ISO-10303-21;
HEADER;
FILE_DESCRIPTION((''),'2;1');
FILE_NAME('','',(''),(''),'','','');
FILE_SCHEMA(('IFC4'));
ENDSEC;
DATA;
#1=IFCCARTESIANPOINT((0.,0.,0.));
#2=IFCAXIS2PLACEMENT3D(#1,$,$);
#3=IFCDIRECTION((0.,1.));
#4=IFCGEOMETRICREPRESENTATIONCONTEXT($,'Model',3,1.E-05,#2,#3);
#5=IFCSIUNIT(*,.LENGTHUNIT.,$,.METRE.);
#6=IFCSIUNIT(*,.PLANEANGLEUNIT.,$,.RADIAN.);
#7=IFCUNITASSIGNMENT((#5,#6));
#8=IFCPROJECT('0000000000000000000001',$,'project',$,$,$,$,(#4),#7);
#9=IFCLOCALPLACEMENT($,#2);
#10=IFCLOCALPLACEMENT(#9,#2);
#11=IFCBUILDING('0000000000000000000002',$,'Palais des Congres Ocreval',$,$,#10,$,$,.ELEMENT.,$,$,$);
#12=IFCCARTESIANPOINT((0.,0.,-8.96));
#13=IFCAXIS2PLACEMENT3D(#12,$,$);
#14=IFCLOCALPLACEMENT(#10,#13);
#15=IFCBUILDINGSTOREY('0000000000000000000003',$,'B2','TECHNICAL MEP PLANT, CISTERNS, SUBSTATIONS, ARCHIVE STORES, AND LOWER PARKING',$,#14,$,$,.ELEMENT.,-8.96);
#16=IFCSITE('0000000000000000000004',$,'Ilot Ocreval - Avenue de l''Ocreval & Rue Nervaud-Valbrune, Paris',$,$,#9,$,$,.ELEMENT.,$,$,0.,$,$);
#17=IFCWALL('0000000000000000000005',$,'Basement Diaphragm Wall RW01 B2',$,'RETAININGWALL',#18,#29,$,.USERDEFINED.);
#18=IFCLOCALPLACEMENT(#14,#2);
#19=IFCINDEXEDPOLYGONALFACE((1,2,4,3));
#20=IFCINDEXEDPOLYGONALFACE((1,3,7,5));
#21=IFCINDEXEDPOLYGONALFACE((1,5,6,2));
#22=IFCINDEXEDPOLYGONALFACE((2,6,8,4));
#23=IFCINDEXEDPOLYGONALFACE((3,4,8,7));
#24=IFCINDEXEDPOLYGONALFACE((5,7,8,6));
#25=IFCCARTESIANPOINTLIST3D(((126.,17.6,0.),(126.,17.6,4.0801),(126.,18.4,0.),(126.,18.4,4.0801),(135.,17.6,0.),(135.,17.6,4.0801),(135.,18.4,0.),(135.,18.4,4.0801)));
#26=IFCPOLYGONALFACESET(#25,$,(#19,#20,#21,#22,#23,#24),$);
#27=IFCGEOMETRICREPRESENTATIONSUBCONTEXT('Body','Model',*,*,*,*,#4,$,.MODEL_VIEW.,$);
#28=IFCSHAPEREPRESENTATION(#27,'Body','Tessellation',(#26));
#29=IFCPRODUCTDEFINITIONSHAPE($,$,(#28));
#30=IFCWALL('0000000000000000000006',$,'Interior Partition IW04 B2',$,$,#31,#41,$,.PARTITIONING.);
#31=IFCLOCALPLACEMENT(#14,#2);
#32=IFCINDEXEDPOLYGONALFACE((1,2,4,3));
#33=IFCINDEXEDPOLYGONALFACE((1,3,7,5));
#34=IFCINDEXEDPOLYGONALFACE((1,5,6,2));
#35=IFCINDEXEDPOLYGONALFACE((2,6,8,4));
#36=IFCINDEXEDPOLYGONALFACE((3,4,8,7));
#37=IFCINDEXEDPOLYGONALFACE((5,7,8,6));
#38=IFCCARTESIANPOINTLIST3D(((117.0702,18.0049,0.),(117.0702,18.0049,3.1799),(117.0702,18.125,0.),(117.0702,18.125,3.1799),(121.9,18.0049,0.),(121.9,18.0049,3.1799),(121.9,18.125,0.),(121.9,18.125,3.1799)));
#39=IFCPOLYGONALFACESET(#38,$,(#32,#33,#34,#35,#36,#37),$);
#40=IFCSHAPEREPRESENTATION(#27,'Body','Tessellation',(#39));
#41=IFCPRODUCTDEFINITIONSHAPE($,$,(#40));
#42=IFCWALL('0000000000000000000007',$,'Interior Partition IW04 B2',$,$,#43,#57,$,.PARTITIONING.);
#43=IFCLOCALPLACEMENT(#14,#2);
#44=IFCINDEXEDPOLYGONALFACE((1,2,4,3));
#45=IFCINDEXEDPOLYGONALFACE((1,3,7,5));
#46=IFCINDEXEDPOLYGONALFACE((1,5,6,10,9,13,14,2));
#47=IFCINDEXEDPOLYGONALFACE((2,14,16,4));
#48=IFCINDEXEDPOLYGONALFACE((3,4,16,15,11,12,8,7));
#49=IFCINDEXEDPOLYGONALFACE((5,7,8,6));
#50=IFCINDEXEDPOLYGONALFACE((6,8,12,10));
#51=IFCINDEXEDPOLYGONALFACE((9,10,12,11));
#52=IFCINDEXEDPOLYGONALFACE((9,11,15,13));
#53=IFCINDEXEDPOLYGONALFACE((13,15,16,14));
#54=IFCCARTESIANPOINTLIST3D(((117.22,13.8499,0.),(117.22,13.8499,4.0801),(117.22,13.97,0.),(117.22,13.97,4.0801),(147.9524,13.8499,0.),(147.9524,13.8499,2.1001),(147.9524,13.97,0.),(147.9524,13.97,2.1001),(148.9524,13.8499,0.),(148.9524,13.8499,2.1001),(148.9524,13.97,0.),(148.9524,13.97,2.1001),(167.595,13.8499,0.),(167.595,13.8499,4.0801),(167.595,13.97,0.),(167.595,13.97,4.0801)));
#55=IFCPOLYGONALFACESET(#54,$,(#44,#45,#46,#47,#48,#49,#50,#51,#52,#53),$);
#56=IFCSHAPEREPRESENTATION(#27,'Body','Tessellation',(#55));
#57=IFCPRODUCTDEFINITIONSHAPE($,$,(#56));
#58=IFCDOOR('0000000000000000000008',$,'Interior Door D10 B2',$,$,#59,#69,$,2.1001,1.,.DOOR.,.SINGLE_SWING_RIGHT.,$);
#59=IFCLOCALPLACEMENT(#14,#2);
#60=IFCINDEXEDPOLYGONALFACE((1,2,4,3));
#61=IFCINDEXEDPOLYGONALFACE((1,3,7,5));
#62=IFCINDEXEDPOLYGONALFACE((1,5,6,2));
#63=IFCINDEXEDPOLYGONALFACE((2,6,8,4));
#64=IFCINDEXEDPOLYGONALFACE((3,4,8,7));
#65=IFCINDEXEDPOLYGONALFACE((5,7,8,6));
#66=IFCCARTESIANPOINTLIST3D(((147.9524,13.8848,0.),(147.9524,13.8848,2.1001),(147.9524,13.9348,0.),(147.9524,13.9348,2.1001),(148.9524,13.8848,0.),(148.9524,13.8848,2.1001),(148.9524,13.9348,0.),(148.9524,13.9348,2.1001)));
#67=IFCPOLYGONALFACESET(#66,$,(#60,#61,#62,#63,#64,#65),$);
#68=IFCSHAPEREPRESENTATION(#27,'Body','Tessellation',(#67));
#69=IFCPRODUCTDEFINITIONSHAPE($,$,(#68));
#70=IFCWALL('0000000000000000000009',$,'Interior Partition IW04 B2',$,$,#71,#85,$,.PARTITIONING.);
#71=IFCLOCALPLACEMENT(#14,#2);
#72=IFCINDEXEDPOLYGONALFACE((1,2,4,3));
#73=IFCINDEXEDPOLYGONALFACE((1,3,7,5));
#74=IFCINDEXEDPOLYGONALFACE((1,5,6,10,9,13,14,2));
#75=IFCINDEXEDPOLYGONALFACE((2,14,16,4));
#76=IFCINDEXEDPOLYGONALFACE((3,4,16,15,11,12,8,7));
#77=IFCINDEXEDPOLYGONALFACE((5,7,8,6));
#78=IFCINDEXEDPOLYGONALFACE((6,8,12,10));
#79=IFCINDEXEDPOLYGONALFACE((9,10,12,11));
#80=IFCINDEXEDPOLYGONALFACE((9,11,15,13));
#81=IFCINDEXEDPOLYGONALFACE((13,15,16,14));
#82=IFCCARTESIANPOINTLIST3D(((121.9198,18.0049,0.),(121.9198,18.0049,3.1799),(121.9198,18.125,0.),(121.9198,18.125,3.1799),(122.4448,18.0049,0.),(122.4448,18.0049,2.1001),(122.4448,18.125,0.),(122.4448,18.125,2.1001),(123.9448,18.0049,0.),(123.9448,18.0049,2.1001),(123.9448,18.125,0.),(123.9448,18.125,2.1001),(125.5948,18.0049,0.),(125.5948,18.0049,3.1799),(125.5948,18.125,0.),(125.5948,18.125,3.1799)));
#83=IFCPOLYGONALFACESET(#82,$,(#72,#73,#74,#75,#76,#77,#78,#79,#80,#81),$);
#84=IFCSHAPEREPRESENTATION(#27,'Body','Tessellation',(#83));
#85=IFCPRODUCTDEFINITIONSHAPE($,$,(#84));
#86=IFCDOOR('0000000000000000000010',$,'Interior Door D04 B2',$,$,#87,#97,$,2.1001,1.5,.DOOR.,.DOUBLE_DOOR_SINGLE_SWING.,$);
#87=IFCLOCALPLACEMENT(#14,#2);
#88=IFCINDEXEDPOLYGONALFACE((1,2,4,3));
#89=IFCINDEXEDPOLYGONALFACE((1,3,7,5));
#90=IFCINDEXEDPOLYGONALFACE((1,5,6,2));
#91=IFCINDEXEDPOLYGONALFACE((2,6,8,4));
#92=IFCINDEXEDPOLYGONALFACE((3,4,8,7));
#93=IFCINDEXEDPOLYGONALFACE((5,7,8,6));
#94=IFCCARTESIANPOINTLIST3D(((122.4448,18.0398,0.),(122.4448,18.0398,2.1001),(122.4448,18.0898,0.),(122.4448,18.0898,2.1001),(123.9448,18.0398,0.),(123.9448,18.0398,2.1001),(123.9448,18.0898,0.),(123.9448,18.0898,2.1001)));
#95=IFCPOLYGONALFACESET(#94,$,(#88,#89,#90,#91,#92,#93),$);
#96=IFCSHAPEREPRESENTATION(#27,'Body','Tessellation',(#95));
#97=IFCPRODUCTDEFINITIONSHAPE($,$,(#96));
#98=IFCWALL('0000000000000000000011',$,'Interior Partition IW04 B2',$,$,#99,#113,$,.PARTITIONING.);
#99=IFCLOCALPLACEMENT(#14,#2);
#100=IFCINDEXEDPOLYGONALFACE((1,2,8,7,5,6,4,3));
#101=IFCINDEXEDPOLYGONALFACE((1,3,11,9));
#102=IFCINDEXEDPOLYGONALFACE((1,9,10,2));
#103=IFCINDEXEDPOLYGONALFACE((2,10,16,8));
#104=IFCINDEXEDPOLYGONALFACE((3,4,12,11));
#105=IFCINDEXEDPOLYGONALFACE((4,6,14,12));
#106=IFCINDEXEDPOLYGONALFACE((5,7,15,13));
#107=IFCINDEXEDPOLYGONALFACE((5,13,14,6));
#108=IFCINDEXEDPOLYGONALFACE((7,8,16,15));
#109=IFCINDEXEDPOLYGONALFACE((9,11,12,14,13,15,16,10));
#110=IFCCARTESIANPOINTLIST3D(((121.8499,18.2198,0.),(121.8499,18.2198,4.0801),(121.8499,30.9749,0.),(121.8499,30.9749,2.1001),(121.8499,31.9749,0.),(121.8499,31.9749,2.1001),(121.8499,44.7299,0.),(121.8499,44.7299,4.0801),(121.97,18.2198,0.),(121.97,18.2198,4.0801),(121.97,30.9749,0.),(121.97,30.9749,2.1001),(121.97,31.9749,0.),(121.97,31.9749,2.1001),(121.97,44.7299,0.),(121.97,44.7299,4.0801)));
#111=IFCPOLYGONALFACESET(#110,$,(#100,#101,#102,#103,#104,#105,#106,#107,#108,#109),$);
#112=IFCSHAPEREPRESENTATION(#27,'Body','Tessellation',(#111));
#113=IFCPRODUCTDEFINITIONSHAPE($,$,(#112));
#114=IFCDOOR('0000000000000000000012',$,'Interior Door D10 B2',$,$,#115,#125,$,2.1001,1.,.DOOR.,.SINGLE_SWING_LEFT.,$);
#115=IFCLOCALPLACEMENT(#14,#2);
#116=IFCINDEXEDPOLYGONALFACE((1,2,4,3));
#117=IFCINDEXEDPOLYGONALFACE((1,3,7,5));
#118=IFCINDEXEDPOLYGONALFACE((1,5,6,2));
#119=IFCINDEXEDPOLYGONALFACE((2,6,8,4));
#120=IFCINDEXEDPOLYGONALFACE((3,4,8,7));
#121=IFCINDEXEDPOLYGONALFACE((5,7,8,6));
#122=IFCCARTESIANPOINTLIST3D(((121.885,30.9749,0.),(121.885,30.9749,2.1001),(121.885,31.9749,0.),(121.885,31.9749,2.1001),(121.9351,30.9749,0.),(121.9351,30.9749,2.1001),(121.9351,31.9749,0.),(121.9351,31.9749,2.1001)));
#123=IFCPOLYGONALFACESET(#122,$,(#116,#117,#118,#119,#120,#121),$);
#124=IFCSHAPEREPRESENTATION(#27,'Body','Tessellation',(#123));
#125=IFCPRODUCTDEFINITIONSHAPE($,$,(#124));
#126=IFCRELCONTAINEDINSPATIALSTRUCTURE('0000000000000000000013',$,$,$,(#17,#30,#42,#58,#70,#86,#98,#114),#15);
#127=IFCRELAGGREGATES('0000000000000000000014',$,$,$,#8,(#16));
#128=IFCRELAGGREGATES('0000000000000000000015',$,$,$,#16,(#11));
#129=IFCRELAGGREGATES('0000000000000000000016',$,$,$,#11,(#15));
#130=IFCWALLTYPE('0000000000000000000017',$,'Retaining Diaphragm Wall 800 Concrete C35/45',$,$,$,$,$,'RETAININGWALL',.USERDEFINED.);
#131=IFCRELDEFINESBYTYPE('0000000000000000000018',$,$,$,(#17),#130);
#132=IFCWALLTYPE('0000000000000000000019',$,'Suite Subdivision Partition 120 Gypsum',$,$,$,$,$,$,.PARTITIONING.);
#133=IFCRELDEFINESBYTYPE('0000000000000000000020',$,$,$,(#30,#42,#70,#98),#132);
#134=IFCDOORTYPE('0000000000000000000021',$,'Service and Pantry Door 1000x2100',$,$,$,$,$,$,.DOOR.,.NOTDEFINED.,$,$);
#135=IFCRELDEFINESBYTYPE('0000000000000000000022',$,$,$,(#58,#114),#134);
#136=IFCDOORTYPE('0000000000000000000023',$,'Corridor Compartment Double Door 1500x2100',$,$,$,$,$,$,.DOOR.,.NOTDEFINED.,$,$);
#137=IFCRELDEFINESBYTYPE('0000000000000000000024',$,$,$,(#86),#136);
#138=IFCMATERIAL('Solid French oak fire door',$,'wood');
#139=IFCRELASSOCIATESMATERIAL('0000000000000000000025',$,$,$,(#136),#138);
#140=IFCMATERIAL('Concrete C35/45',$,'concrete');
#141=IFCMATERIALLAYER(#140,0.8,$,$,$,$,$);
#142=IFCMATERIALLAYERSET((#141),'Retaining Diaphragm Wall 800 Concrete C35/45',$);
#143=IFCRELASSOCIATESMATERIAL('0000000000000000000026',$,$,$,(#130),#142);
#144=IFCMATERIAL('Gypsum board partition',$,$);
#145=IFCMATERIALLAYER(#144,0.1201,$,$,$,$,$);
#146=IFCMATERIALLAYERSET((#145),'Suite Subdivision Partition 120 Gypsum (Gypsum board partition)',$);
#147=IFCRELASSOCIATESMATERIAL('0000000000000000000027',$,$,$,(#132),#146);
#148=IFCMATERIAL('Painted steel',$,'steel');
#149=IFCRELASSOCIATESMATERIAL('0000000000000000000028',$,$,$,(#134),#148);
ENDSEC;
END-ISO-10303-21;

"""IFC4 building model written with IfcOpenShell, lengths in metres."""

from ifc_helpers import new_model, si_unit, direction, frame, frame_2d, origin, place, context, subcontext, project, spatial, rectangle, extrude, material, layer, layer_set, type_object, element, fill, save


model = new_model("IFC4")

# Units and contexts
model_context = context("Model", 3, precision=1e-05, world=origin(), true_north=direction((0.0, 1.0)))
body_context = subcontext(model_context, "Body", "Model", "MODEL_VIEW")
ifc_project = project(units=[si_unit("LENGTHUNIT", "METRE"), si_unit("PLANEANGLEUNIT", "RADIAN")], contexts=[model_context])

# Site, building, storey
site_placement = place(None, origin())
site = spatial("IfcSite", under=ifc_project, at=site_placement, Name="Ilot Ocreval - Avenue de l'Ocreval & Rue Nervaud-Valbrune, Paris", CompositionType="ELEMENT", RefElevation=0.0)
building_placement = place(site_placement, origin())
building = spatial("IfcBuilding", under=site, at=building_placement, Name="Palais des Congres Ocreval", CompositionType="ELEMENT")
storey_placement = place(building_placement, frame((0.0, 0.0, -8.96)))
storey = spatial("IfcBuildingStorey", under=building, at=storey_placement, Name="B2", Description="TECHNICAL MEP PLANT, CISTERNS, SUBSTATIONS, ARCHIVE STORES, AND LOWER PARKING", CompositionType="ELEMENT", Elevation=-8.96)

# Shared definitions
ifc_material_1 = material(Name="Concrete C35/45", Category="concrete")

# Shared definitions
ifc_material_2 = material(Name="Solid French oak fire door", Category="wood")
door_type_1 = type_object("IfcDoorType", Name="Corridor Compartment Double Door 1500x2100", OperationType="NOTDEFINED", PredefinedType="DOOR", material=ifc_material_2)

# Walls
ifc_layer_1 = layer(ifc_material_1, 0.8)
ifc_layer_set_1 = layer_set([ifc_layer_1], Name="Retaining Diaphragm Wall 800 Concrete C35/45")
wall_type_1 = type_object("IfcWallType", Name="Retaining Diaphragm Wall 800 Concrete C35/45", ElementType="RETAININGWALL", PredefinedType="USERDEFINED", material=ifc_layer_set_1)
wall_1_placement = place(storey_placement, frame((126.0, 18.0, 0.0), z_axis=(0.0, 0.0, 1.0), x_axis=(1.0, 0.0, 0.0)))
element("IfcWall", 1, at=wall_1_placement, inside=storey, type_object=wall_type_1, Name="Basement Diaphragm Wall RW01 B2", ObjectType="RETAININGWALL", PredefinedType="USERDEFINED", context=body_context, shape_type="SweptSolid", body=[
    extrude(rectangle(XDim=9.0, YDim=0.8, at=frame_2d((4.5, 0.0))), origin(), (0.0, 0.0, 1.0), 4.0801),
])
ifc_material_3 = material(Name="Gypsum board partition")
ifc_layer_2 = layer(ifc_material_3, 0.1201)
ifc_layer_set_2 = layer_set([ifc_layer_2], Name="Suite Subdivision Partition 120 Gypsum (Gypsum board partition)")
wall_type_2 = type_object("IfcWallType", Name="Suite Subdivision Partition 120 Gypsum", PredefinedType="PARTITIONING", material=ifc_layer_set_2)
wall_2_placement = place(storey_placement, frame((117.0701, 18.0649, 0.0), z_axis=(0.0, 0.0, 1.0), x_axis=(1.0, 0.0, 0.0)))
element("IfcWall", 2, at=wall_2_placement, inside=storey, type_object=wall_type_2, Name="Interior Partition IW04 B2", PredefinedType="PARTITIONING", context=body_context, shape_type="SweptSolid", body=[
    extrude(rectangle(XDim=4.8298, YDim=0.1201, at=frame_2d((2.415, 0.0))), origin(), (0.0, 0.0, 1.0), 3.1799),
])

# Walls, openings, doors
wall_3_placement = place(storey_placement, frame((117.22, 13.9099, 0.0), z_axis=(0.0, 0.0, 1.0), x_axis=(1.0, 0.0, 0.0)))
wall_3 = element("IfcWall", 3, at=wall_3_placement, inside=storey, type_object=wall_type_2, Name="Interior Partition IW04 B2", PredefinedType="PARTITIONING", context=body_context, shape_type="SweptSolid", body=[
    extrude(rectangle(XDim=50.375, YDim=0.1201, at=frame_2d((25.1875, 0.0))), origin(), (0.0, 0.0, 1.0), 4.0801),
])
opening_1_placement = place(wall_3_placement, frame((30.7324, 0.0, 0.0)))
opening_1 = element("IfcOpeningElement", 4, at=opening_1_placement, cuts=wall_3, PredefinedType="OPENING", context=body_context, shape_type="SweptSolid", body=[
    extrude(rectangle(XDim=1.0, YDim=2.1001, at=frame_2d((0.5, 1.05))), frame((0.0, 0.0701, 0.0), z_axis=(0.0, -1.0, 0.0), x_axis=(1.0, 0.0, 0.0)), (0.0, 0.0, 1.0), 0.1401),
])
ifc_material_4 = material(Name="Painted steel", Category="steel")
door_type_2 = type_object("IfcDoorType", Name="Service and Pantry Door 1000x2100", OperationType="NOTDEFINED", PredefinedType="DOOR", material=ifc_material_4)
door_1_placement = place(opening_1_placement, origin())
door_1 = element("IfcDoor", 5, at=door_1_placement, inside=storey, type_object=door_type_2, Name="Interior Door D10 B2", OperationType="SINGLE_SWING_RIGHT", OverallHeight=2.1001, OverallWidth=1.0, PredefinedType="DOOR", context=body_context, shape_type="SweptSolid", body=[
    extrude(rectangle(XDim=1.0, YDim=2.1001, at=frame_2d((0.5, 1.05))), frame((0.0, 0.0249, 0.0), z_axis=(0.0, -1.0, 0.0), x_axis=(1.0, 0.0, 0.0)), (0.0, 0.0, 1.0), 0.05),
])
fill(opening_1, door_1)
wall_4_placement = place(storey_placement, frame((121.9199, 18.0649, 0.0), z_axis=(0.0, 0.0, 1.0), x_axis=(1.0, 0.0, 0.0)))
wall_4 = element("IfcWall", 6, at=wall_4_placement, inside=storey, type_object=wall_type_2, Name="Interior Partition IW04 B2", PredefinedType="PARTITIONING", context=body_context, shape_type="SweptSolid", body=[
    extrude(rectangle(XDim=3.675, YDim=0.1201, at=frame_2d((1.8374, 0.0))), origin(), (0.0, 0.0, 1.0), 3.1799),
])
opening_2_placement = place(wall_4_placement, frame((0.5249, 0.0, 0.0)))
opening_2 = element("IfcOpeningElement", 7, at=opening_2_placement, cuts=wall_4, PredefinedType="OPENING", context=body_context, shape_type="SweptSolid", body=[
    extrude(rectangle(XDim=1.5, YDim=2.1001, at=frame_2d((0.75, 1.05))), frame((0.0, 0.0701, 0.0), z_axis=(0.0, -1.0, 0.0), x_axis=(1.0, 0.0, 0.0)), (0.0, 0.0, 1.0), 0.1401),
])
door_2_placement = place(opening_2_placement, origin())
door_2 = element("IfcDoor", 8, at=door_2_placement, inside=storey, type_object=door_type_1, Name="Interior Door D04 B2", OperationType="DOUBLE_DOOR_SINGLE_SWING", OverallHeight=2.1001, OverallWidth=1.5, PredefinedType="DOOR", context=body_context, shape_type="SweptSolid", body=[
    extrude(rectangle(XDim=1.5, YDim=2.1001, at=frame_2d((0.75, 1.05))), frame((0.0, 0.0249, 0.0), z_axis=(0.0, -1.0, 0.0), x_axis=(1.0, 0.0, 0.0)), (0.0, 0.0, 1.0), 0.05),
])
fill(opening_2, door_2)
wall_5_placement = place(storey_placement, frame((121.9099, 18.22, 0.0), z_axis=(0.0, 0.0, 1.0), x_axis=(0.0, 1.0, 0.0)))
wall_5 = element("IfcWall", 9, at=wall_5_placement, inside=storey, type_object=wall_type_2, Name="Interior Partition IW04 B2", PredefinedType="PARTITIONING", context=body_context, shape_type="SweptSolid", body=[
    extrude(rectangle(XDim=26.51, YDim=0.1201, at=frame_2d((13.2549, 0.0))), origin(), (0.0, 0.0, 1.0), 4.0801),
])
opening_3_placement = place(wall_5_placement, frame((12.7549, 0.0, 0.0)))
opening_3 = element("IfcOpeningElement", 10, at=opening_3_placement, cuts=wall_5, PredefinedType="OPENING", context=body_context, shape_type="SweptSolid", body=[
    extrude(rectangle(XDim=1.0, YDim=2.1001, at=frame_2d((0.5, 1.05))), frame((0.0, 0.0701, 0.0), z_axis=(0.0, -1.0, 0.0), x_axis=(1.0, 0.0, 0.0)), (0.0, 0.0, 1.0), 0.1401),
])
door_3_placement = place(opening_3_placement, origin())
door_3 = element("IfcDoor", 11, at=door_3_placement, inside=storey, type_object=door_type_2, Name="Interior Door D10 B2", OperationType="SINGLE_SWING_LEFT", OverallHeight=2.1001, OverallWidth=1.0, PredefinedType="DOOR", context=body_context, shape_type="SweptSolid", body=[
    extrude(rectangle(XDim=1.0, YDim=2.1001, at=frame_2d((0.5, 1.05))), frame((0.0, 0.0249, 0.0), z_axis=(0.0, -1.0, 0.0), x_axis=(1.0, 0.0, 0.0)), (0.0, 0.0, 1.0), 0.05),
])
fill(opening_3, door_3)

save(model, "model.ifc")
